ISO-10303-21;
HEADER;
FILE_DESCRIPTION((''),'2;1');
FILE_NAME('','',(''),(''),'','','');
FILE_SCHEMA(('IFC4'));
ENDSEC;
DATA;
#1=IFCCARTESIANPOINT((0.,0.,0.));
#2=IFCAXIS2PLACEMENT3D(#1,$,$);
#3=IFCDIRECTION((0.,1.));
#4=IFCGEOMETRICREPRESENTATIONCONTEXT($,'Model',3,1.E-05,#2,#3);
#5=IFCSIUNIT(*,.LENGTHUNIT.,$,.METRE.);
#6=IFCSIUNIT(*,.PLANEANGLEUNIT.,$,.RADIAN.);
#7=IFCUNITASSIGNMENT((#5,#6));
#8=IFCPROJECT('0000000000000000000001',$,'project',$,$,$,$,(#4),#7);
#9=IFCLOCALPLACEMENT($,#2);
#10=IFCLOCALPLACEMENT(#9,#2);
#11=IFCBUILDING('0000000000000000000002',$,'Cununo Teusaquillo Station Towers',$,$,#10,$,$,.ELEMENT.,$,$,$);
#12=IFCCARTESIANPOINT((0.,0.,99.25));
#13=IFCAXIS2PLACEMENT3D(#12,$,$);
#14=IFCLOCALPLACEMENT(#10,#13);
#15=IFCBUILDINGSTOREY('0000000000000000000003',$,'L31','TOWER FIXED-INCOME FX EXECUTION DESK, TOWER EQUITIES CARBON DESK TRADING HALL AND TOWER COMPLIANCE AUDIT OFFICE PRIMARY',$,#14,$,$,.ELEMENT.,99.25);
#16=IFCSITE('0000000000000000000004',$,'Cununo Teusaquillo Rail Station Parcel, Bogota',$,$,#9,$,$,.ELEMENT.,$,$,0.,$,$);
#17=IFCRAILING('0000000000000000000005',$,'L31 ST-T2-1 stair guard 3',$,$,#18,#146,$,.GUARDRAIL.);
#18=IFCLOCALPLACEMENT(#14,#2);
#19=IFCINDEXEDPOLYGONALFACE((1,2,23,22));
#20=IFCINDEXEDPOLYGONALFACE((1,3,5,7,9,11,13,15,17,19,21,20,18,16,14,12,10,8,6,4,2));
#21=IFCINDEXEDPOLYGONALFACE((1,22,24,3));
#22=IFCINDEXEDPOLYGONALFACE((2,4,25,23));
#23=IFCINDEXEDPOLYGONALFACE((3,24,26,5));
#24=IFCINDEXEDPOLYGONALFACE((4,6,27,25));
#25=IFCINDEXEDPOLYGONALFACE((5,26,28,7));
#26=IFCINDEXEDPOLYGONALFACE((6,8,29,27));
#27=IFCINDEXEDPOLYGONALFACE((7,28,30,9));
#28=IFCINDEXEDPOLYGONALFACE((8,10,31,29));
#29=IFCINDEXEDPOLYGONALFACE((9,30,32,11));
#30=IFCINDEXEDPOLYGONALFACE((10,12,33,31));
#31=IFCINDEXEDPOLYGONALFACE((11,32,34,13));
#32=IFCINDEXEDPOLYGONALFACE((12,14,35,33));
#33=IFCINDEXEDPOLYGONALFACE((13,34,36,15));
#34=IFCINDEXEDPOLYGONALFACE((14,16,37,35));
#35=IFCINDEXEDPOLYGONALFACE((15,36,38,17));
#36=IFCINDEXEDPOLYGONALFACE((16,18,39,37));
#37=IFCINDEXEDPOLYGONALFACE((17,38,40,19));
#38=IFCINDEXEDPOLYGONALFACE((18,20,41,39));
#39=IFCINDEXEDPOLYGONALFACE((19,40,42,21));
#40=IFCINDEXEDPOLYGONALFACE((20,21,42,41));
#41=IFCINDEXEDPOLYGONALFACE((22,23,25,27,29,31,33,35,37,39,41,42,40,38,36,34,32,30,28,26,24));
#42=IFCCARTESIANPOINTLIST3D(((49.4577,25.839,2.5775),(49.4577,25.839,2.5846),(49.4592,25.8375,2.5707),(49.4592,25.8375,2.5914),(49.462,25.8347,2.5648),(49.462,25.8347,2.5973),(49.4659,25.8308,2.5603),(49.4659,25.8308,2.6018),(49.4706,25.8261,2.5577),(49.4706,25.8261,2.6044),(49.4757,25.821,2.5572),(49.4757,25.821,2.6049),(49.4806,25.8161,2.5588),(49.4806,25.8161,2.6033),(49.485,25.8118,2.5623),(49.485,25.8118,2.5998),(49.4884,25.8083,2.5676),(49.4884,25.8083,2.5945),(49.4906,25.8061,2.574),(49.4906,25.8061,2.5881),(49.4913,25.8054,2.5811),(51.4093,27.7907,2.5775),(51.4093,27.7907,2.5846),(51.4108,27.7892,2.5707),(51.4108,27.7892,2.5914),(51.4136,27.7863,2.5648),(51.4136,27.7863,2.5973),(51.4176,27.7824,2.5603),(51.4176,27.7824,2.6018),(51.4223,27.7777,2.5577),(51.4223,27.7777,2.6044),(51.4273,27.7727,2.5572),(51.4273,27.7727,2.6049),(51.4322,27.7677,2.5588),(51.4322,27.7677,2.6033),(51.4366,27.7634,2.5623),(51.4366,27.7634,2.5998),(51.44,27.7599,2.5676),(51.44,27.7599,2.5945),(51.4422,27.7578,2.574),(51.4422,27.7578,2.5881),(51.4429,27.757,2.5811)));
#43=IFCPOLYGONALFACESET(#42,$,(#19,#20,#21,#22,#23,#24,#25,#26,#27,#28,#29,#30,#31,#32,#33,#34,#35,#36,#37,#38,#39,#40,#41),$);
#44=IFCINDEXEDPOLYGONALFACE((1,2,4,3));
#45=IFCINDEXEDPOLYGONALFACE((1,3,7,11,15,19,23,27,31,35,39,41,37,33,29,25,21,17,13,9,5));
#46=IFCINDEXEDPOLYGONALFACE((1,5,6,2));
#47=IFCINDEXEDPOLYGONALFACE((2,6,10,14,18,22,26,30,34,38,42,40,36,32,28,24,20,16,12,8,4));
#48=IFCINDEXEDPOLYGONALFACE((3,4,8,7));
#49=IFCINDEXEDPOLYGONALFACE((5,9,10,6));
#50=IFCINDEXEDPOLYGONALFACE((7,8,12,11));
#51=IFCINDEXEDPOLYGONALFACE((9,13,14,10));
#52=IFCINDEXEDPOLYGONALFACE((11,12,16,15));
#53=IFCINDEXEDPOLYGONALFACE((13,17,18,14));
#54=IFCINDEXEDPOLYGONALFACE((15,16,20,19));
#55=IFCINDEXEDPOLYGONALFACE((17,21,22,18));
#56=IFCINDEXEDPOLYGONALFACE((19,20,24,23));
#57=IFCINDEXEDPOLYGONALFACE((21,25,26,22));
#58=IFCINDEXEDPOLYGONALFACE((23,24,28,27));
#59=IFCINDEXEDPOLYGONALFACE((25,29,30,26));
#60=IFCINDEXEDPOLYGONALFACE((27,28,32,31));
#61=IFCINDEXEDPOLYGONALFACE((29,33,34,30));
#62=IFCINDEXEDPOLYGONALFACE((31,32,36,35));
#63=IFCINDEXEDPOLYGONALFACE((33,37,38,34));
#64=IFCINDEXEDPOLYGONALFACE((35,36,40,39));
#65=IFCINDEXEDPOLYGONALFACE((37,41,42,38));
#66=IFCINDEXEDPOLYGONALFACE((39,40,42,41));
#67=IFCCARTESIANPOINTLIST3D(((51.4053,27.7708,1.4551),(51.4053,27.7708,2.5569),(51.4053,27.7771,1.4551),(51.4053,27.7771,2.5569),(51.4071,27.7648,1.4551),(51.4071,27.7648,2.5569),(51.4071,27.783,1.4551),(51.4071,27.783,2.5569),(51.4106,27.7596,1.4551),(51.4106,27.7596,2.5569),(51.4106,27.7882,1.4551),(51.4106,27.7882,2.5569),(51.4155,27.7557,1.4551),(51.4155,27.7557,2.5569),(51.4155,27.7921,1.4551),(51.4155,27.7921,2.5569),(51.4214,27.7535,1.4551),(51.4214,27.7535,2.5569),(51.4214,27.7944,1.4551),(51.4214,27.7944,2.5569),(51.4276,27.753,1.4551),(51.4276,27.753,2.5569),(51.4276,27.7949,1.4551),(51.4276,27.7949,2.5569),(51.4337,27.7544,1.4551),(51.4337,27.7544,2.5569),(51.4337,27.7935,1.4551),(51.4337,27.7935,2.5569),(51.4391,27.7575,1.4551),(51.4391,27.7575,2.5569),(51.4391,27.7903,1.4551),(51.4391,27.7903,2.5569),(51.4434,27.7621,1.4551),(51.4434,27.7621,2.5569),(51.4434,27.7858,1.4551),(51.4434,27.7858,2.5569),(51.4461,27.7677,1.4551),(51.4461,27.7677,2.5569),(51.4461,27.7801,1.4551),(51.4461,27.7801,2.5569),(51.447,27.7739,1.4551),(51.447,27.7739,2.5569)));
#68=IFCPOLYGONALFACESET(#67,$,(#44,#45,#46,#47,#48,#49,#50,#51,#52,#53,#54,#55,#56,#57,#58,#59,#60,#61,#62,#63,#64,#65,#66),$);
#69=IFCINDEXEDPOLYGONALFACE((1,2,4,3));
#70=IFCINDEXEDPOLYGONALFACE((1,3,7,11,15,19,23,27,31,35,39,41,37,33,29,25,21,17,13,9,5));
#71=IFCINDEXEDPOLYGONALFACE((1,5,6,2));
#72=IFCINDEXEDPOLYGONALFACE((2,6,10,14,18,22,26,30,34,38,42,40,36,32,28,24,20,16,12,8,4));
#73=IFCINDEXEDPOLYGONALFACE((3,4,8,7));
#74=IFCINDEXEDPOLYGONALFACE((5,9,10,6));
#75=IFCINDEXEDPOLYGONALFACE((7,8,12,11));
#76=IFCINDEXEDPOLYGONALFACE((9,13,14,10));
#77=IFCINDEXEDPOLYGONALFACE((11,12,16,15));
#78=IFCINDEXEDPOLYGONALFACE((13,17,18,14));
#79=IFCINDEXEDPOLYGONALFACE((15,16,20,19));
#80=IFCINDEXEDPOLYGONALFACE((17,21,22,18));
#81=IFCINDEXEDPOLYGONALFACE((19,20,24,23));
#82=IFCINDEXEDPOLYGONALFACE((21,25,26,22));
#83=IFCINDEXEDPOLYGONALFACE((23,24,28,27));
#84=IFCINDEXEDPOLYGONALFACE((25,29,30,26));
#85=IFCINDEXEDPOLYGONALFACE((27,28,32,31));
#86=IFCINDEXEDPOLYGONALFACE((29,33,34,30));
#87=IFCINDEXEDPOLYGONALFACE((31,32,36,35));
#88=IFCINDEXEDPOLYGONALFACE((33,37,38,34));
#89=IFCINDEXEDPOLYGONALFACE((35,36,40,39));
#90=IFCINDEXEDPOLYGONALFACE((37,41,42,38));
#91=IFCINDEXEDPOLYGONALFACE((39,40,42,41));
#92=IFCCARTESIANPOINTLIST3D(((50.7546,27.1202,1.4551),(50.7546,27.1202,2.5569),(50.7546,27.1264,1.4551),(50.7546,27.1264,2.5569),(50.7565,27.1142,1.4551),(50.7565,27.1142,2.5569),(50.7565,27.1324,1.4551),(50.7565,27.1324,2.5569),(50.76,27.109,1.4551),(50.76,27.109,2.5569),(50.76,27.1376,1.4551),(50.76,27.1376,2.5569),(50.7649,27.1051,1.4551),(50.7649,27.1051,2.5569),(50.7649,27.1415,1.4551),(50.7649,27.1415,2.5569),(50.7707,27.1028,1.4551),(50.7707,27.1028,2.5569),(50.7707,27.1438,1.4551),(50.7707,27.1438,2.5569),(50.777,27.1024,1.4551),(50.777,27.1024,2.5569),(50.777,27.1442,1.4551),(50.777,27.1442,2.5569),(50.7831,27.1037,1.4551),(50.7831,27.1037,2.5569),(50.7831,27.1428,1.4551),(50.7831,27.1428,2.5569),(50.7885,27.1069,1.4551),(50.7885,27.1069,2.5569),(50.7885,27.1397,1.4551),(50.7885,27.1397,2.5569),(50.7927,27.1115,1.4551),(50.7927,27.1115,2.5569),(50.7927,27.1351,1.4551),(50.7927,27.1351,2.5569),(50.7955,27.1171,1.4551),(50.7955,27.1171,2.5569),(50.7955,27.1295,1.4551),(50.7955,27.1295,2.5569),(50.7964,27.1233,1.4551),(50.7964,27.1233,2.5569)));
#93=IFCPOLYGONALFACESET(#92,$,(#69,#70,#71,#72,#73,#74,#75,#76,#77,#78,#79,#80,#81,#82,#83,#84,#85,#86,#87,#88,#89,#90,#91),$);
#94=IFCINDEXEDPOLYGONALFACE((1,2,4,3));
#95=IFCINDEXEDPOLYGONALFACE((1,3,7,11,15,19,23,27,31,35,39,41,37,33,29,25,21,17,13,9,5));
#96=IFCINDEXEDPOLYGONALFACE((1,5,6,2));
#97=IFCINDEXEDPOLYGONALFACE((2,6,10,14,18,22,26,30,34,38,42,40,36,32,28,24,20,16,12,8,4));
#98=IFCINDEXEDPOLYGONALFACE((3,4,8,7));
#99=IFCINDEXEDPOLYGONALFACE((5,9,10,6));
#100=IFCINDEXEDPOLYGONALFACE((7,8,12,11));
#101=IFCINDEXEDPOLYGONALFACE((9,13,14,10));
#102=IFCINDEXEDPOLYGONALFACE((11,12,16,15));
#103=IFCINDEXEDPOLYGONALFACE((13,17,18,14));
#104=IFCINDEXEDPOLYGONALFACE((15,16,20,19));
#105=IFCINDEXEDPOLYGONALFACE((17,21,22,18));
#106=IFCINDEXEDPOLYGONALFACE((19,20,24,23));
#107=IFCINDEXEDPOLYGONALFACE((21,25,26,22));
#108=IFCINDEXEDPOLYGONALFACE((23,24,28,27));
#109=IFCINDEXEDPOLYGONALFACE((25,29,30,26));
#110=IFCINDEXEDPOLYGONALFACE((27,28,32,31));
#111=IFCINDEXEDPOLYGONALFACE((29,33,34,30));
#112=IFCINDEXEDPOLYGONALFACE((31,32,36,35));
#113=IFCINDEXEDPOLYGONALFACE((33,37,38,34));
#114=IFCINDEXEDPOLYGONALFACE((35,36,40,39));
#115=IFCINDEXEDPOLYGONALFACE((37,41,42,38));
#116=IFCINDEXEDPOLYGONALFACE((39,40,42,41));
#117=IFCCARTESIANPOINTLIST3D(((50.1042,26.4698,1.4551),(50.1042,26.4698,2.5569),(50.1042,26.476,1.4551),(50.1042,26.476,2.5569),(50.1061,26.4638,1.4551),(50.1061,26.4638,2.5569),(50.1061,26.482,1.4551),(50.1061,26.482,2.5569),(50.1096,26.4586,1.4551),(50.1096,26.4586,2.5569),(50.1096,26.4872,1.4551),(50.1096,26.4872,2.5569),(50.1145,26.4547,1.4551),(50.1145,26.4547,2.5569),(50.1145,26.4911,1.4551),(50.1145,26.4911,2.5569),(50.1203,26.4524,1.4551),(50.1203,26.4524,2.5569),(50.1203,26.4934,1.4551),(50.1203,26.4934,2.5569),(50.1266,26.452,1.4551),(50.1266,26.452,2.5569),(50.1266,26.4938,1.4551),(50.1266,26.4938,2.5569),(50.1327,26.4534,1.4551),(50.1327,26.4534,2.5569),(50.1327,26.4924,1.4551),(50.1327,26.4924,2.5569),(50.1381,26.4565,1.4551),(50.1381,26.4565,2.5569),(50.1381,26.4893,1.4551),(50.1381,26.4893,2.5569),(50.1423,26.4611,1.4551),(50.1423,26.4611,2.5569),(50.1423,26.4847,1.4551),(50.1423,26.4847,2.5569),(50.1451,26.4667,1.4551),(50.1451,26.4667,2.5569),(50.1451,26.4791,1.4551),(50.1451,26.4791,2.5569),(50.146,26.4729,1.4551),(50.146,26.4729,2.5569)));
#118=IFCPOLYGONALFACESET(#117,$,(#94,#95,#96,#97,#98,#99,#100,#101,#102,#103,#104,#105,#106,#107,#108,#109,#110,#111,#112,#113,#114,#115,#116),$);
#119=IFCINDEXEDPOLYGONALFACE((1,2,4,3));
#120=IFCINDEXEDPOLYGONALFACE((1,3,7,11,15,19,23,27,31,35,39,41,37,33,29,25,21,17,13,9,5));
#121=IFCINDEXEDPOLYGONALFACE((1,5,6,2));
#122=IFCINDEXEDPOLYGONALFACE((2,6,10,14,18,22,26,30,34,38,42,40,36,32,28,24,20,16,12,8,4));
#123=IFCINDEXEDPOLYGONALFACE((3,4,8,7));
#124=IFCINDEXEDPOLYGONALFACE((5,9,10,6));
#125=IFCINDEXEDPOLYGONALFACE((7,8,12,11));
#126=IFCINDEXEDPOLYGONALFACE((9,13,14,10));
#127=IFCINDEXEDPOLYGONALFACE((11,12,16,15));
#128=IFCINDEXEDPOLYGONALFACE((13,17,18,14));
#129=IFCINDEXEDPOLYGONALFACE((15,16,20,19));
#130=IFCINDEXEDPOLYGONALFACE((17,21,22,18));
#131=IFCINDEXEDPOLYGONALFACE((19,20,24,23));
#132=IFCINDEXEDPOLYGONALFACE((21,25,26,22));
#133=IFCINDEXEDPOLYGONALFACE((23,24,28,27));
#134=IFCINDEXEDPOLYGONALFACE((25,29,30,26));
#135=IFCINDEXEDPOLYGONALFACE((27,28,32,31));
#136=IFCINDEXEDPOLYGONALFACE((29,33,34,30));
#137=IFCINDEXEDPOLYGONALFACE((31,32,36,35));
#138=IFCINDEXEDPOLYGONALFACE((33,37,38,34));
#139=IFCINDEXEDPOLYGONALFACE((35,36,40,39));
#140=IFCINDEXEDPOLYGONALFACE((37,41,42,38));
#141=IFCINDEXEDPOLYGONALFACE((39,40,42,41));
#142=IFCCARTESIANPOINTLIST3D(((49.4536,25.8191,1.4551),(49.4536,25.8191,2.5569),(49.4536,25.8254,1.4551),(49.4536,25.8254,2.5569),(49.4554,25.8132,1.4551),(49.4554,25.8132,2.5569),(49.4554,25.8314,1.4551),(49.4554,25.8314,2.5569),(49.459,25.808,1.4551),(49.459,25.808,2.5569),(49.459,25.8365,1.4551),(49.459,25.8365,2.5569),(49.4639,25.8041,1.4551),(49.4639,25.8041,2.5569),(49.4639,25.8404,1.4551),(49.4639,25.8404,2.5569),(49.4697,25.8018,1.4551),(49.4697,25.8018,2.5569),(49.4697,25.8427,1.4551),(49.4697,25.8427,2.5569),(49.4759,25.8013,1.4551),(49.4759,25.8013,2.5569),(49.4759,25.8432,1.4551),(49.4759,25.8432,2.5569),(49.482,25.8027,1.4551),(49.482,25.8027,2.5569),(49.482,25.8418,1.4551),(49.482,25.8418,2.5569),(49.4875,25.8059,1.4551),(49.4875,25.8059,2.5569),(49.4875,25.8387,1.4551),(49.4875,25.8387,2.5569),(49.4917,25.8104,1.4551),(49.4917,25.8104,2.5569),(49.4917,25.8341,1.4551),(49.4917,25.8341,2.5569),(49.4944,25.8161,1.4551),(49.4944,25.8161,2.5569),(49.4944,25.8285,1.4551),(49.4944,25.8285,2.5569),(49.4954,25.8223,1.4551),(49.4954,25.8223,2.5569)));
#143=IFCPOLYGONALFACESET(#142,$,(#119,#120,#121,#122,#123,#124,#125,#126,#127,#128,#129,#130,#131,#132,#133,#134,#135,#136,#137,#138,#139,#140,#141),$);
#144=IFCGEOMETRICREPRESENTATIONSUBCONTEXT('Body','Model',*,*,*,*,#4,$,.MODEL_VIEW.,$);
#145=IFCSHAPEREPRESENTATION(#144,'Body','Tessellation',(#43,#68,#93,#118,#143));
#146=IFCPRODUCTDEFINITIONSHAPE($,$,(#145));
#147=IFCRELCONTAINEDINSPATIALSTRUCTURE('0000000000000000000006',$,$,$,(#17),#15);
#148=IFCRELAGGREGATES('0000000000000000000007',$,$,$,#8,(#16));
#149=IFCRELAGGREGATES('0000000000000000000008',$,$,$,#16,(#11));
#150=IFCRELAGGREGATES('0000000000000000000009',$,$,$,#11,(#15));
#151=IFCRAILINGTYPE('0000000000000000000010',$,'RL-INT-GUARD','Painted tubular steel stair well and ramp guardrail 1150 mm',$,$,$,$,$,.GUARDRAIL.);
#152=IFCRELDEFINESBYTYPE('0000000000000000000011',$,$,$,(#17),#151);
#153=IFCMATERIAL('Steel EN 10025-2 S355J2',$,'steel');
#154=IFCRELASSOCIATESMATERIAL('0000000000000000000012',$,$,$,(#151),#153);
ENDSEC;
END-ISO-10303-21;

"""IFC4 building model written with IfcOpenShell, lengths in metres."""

from ifc_helpers import new_model, si_unit, direction, frame, origin, origin_2d, place, context, subcontext, project, spatial, circle, extrude, material, type_object, element, save


model = new_model("IFC4")

# Units and contexts
model_context = context("Model", 3, precision=1e-05, world=origin(), true_north=direction((0.0, 1.0)))
body_context = subcontext(model_context, "Body", "Model", "MODEL_VIEW")
ifc_project = project(units=[si_unit("LENGTHUNIT", "METRE"), si_unit("PLANEANGLEUNIT", "RADIAN")], contexts=[model_context])

# Site, building, storey
site_placement = place(None, origin())
site = spatial("IfcSite", under=ifc_project, at=site_placement, Name="Cununo Teusaquillo Rail Station Parcel, Bogota", CompositionType="ELEMENT", RefElevation=0.0)
building_placement = place(site_placement, origin())
building = spatial("IfcBuilding", under=site, at=building_placement, Name="Cununo Teusaquillo Station Towers", CompositionType="ELEMENT")
storey_placement = place(building_placement, frame((0.0, 0.0, 99.25)))
storey = spatial("IfcBuildingStorey", under=building, at=storey_placement, Name="L31", Description="TOWER FIXED-INCOME FX EXECUTION DESK, TOWER EQUITIES CARBON DESK TRADING HALL AND TOWER COMPLIANCE AUDIT OFFICE PRIMARY", CompositionType="ELEMENT", Elevation=99.25)

# Railing
ifc_material_1 = material(Name="Steel EN 10025-2 S355J2", Category="steel")
railing_type = type_object("IfcRailingType", Name="RL-INT-GUARD", Description="Painted tubular steel stair well and ramp guardrail 1150 mm", PredefinedType="GUARDRAIL", material=ifc_material_1)
railing_1_placement = place(storey_placement, frame((51.426, 27.7739, 1.4551)))
element("IfcRailing", 1, at=railing_1_placement, inside=storey, type_object=railing_type, Name="L31 ST-T2-1 stair guard 3", PredefinedType="GUARDRAIL", context=body_context, shape_type="SweptSolid", body=[
    extrude(circle(Radius=0.0239, at=origin_2d()), frame((0.0, 0.0, 1.126), z_axis=(-0.707107, -0.707107, 0.0), x_axis=(0.707107, -0.707107, 0.0)), (0.0, 0.0, 1.0), 2.76),
    extrude(circle(Radius=0.021, at=origin_2d()), origin(), (0.0, 0.0, 1.0), 1.1018),
    extrude(circle(Radius=0.021, at=origin_2d()), frame((-0.6506, -0.6506, 0.0)), (0.0, 0.0, 1.0), 1.1018),
    extrude(circle(Radius=0.021, at=origin_2d()), frame((-1.301, -1.301, 0.0)), (0.0, 0.0, 1.0), 1.1018),
    extrude(circle(Radius=0.021, at=origin_2d()), frame((-1.9517, -1.9517, 0.0)), (0.0, 0.0, 1.0), 1.1018),
])

save(model, "model.ifc")
